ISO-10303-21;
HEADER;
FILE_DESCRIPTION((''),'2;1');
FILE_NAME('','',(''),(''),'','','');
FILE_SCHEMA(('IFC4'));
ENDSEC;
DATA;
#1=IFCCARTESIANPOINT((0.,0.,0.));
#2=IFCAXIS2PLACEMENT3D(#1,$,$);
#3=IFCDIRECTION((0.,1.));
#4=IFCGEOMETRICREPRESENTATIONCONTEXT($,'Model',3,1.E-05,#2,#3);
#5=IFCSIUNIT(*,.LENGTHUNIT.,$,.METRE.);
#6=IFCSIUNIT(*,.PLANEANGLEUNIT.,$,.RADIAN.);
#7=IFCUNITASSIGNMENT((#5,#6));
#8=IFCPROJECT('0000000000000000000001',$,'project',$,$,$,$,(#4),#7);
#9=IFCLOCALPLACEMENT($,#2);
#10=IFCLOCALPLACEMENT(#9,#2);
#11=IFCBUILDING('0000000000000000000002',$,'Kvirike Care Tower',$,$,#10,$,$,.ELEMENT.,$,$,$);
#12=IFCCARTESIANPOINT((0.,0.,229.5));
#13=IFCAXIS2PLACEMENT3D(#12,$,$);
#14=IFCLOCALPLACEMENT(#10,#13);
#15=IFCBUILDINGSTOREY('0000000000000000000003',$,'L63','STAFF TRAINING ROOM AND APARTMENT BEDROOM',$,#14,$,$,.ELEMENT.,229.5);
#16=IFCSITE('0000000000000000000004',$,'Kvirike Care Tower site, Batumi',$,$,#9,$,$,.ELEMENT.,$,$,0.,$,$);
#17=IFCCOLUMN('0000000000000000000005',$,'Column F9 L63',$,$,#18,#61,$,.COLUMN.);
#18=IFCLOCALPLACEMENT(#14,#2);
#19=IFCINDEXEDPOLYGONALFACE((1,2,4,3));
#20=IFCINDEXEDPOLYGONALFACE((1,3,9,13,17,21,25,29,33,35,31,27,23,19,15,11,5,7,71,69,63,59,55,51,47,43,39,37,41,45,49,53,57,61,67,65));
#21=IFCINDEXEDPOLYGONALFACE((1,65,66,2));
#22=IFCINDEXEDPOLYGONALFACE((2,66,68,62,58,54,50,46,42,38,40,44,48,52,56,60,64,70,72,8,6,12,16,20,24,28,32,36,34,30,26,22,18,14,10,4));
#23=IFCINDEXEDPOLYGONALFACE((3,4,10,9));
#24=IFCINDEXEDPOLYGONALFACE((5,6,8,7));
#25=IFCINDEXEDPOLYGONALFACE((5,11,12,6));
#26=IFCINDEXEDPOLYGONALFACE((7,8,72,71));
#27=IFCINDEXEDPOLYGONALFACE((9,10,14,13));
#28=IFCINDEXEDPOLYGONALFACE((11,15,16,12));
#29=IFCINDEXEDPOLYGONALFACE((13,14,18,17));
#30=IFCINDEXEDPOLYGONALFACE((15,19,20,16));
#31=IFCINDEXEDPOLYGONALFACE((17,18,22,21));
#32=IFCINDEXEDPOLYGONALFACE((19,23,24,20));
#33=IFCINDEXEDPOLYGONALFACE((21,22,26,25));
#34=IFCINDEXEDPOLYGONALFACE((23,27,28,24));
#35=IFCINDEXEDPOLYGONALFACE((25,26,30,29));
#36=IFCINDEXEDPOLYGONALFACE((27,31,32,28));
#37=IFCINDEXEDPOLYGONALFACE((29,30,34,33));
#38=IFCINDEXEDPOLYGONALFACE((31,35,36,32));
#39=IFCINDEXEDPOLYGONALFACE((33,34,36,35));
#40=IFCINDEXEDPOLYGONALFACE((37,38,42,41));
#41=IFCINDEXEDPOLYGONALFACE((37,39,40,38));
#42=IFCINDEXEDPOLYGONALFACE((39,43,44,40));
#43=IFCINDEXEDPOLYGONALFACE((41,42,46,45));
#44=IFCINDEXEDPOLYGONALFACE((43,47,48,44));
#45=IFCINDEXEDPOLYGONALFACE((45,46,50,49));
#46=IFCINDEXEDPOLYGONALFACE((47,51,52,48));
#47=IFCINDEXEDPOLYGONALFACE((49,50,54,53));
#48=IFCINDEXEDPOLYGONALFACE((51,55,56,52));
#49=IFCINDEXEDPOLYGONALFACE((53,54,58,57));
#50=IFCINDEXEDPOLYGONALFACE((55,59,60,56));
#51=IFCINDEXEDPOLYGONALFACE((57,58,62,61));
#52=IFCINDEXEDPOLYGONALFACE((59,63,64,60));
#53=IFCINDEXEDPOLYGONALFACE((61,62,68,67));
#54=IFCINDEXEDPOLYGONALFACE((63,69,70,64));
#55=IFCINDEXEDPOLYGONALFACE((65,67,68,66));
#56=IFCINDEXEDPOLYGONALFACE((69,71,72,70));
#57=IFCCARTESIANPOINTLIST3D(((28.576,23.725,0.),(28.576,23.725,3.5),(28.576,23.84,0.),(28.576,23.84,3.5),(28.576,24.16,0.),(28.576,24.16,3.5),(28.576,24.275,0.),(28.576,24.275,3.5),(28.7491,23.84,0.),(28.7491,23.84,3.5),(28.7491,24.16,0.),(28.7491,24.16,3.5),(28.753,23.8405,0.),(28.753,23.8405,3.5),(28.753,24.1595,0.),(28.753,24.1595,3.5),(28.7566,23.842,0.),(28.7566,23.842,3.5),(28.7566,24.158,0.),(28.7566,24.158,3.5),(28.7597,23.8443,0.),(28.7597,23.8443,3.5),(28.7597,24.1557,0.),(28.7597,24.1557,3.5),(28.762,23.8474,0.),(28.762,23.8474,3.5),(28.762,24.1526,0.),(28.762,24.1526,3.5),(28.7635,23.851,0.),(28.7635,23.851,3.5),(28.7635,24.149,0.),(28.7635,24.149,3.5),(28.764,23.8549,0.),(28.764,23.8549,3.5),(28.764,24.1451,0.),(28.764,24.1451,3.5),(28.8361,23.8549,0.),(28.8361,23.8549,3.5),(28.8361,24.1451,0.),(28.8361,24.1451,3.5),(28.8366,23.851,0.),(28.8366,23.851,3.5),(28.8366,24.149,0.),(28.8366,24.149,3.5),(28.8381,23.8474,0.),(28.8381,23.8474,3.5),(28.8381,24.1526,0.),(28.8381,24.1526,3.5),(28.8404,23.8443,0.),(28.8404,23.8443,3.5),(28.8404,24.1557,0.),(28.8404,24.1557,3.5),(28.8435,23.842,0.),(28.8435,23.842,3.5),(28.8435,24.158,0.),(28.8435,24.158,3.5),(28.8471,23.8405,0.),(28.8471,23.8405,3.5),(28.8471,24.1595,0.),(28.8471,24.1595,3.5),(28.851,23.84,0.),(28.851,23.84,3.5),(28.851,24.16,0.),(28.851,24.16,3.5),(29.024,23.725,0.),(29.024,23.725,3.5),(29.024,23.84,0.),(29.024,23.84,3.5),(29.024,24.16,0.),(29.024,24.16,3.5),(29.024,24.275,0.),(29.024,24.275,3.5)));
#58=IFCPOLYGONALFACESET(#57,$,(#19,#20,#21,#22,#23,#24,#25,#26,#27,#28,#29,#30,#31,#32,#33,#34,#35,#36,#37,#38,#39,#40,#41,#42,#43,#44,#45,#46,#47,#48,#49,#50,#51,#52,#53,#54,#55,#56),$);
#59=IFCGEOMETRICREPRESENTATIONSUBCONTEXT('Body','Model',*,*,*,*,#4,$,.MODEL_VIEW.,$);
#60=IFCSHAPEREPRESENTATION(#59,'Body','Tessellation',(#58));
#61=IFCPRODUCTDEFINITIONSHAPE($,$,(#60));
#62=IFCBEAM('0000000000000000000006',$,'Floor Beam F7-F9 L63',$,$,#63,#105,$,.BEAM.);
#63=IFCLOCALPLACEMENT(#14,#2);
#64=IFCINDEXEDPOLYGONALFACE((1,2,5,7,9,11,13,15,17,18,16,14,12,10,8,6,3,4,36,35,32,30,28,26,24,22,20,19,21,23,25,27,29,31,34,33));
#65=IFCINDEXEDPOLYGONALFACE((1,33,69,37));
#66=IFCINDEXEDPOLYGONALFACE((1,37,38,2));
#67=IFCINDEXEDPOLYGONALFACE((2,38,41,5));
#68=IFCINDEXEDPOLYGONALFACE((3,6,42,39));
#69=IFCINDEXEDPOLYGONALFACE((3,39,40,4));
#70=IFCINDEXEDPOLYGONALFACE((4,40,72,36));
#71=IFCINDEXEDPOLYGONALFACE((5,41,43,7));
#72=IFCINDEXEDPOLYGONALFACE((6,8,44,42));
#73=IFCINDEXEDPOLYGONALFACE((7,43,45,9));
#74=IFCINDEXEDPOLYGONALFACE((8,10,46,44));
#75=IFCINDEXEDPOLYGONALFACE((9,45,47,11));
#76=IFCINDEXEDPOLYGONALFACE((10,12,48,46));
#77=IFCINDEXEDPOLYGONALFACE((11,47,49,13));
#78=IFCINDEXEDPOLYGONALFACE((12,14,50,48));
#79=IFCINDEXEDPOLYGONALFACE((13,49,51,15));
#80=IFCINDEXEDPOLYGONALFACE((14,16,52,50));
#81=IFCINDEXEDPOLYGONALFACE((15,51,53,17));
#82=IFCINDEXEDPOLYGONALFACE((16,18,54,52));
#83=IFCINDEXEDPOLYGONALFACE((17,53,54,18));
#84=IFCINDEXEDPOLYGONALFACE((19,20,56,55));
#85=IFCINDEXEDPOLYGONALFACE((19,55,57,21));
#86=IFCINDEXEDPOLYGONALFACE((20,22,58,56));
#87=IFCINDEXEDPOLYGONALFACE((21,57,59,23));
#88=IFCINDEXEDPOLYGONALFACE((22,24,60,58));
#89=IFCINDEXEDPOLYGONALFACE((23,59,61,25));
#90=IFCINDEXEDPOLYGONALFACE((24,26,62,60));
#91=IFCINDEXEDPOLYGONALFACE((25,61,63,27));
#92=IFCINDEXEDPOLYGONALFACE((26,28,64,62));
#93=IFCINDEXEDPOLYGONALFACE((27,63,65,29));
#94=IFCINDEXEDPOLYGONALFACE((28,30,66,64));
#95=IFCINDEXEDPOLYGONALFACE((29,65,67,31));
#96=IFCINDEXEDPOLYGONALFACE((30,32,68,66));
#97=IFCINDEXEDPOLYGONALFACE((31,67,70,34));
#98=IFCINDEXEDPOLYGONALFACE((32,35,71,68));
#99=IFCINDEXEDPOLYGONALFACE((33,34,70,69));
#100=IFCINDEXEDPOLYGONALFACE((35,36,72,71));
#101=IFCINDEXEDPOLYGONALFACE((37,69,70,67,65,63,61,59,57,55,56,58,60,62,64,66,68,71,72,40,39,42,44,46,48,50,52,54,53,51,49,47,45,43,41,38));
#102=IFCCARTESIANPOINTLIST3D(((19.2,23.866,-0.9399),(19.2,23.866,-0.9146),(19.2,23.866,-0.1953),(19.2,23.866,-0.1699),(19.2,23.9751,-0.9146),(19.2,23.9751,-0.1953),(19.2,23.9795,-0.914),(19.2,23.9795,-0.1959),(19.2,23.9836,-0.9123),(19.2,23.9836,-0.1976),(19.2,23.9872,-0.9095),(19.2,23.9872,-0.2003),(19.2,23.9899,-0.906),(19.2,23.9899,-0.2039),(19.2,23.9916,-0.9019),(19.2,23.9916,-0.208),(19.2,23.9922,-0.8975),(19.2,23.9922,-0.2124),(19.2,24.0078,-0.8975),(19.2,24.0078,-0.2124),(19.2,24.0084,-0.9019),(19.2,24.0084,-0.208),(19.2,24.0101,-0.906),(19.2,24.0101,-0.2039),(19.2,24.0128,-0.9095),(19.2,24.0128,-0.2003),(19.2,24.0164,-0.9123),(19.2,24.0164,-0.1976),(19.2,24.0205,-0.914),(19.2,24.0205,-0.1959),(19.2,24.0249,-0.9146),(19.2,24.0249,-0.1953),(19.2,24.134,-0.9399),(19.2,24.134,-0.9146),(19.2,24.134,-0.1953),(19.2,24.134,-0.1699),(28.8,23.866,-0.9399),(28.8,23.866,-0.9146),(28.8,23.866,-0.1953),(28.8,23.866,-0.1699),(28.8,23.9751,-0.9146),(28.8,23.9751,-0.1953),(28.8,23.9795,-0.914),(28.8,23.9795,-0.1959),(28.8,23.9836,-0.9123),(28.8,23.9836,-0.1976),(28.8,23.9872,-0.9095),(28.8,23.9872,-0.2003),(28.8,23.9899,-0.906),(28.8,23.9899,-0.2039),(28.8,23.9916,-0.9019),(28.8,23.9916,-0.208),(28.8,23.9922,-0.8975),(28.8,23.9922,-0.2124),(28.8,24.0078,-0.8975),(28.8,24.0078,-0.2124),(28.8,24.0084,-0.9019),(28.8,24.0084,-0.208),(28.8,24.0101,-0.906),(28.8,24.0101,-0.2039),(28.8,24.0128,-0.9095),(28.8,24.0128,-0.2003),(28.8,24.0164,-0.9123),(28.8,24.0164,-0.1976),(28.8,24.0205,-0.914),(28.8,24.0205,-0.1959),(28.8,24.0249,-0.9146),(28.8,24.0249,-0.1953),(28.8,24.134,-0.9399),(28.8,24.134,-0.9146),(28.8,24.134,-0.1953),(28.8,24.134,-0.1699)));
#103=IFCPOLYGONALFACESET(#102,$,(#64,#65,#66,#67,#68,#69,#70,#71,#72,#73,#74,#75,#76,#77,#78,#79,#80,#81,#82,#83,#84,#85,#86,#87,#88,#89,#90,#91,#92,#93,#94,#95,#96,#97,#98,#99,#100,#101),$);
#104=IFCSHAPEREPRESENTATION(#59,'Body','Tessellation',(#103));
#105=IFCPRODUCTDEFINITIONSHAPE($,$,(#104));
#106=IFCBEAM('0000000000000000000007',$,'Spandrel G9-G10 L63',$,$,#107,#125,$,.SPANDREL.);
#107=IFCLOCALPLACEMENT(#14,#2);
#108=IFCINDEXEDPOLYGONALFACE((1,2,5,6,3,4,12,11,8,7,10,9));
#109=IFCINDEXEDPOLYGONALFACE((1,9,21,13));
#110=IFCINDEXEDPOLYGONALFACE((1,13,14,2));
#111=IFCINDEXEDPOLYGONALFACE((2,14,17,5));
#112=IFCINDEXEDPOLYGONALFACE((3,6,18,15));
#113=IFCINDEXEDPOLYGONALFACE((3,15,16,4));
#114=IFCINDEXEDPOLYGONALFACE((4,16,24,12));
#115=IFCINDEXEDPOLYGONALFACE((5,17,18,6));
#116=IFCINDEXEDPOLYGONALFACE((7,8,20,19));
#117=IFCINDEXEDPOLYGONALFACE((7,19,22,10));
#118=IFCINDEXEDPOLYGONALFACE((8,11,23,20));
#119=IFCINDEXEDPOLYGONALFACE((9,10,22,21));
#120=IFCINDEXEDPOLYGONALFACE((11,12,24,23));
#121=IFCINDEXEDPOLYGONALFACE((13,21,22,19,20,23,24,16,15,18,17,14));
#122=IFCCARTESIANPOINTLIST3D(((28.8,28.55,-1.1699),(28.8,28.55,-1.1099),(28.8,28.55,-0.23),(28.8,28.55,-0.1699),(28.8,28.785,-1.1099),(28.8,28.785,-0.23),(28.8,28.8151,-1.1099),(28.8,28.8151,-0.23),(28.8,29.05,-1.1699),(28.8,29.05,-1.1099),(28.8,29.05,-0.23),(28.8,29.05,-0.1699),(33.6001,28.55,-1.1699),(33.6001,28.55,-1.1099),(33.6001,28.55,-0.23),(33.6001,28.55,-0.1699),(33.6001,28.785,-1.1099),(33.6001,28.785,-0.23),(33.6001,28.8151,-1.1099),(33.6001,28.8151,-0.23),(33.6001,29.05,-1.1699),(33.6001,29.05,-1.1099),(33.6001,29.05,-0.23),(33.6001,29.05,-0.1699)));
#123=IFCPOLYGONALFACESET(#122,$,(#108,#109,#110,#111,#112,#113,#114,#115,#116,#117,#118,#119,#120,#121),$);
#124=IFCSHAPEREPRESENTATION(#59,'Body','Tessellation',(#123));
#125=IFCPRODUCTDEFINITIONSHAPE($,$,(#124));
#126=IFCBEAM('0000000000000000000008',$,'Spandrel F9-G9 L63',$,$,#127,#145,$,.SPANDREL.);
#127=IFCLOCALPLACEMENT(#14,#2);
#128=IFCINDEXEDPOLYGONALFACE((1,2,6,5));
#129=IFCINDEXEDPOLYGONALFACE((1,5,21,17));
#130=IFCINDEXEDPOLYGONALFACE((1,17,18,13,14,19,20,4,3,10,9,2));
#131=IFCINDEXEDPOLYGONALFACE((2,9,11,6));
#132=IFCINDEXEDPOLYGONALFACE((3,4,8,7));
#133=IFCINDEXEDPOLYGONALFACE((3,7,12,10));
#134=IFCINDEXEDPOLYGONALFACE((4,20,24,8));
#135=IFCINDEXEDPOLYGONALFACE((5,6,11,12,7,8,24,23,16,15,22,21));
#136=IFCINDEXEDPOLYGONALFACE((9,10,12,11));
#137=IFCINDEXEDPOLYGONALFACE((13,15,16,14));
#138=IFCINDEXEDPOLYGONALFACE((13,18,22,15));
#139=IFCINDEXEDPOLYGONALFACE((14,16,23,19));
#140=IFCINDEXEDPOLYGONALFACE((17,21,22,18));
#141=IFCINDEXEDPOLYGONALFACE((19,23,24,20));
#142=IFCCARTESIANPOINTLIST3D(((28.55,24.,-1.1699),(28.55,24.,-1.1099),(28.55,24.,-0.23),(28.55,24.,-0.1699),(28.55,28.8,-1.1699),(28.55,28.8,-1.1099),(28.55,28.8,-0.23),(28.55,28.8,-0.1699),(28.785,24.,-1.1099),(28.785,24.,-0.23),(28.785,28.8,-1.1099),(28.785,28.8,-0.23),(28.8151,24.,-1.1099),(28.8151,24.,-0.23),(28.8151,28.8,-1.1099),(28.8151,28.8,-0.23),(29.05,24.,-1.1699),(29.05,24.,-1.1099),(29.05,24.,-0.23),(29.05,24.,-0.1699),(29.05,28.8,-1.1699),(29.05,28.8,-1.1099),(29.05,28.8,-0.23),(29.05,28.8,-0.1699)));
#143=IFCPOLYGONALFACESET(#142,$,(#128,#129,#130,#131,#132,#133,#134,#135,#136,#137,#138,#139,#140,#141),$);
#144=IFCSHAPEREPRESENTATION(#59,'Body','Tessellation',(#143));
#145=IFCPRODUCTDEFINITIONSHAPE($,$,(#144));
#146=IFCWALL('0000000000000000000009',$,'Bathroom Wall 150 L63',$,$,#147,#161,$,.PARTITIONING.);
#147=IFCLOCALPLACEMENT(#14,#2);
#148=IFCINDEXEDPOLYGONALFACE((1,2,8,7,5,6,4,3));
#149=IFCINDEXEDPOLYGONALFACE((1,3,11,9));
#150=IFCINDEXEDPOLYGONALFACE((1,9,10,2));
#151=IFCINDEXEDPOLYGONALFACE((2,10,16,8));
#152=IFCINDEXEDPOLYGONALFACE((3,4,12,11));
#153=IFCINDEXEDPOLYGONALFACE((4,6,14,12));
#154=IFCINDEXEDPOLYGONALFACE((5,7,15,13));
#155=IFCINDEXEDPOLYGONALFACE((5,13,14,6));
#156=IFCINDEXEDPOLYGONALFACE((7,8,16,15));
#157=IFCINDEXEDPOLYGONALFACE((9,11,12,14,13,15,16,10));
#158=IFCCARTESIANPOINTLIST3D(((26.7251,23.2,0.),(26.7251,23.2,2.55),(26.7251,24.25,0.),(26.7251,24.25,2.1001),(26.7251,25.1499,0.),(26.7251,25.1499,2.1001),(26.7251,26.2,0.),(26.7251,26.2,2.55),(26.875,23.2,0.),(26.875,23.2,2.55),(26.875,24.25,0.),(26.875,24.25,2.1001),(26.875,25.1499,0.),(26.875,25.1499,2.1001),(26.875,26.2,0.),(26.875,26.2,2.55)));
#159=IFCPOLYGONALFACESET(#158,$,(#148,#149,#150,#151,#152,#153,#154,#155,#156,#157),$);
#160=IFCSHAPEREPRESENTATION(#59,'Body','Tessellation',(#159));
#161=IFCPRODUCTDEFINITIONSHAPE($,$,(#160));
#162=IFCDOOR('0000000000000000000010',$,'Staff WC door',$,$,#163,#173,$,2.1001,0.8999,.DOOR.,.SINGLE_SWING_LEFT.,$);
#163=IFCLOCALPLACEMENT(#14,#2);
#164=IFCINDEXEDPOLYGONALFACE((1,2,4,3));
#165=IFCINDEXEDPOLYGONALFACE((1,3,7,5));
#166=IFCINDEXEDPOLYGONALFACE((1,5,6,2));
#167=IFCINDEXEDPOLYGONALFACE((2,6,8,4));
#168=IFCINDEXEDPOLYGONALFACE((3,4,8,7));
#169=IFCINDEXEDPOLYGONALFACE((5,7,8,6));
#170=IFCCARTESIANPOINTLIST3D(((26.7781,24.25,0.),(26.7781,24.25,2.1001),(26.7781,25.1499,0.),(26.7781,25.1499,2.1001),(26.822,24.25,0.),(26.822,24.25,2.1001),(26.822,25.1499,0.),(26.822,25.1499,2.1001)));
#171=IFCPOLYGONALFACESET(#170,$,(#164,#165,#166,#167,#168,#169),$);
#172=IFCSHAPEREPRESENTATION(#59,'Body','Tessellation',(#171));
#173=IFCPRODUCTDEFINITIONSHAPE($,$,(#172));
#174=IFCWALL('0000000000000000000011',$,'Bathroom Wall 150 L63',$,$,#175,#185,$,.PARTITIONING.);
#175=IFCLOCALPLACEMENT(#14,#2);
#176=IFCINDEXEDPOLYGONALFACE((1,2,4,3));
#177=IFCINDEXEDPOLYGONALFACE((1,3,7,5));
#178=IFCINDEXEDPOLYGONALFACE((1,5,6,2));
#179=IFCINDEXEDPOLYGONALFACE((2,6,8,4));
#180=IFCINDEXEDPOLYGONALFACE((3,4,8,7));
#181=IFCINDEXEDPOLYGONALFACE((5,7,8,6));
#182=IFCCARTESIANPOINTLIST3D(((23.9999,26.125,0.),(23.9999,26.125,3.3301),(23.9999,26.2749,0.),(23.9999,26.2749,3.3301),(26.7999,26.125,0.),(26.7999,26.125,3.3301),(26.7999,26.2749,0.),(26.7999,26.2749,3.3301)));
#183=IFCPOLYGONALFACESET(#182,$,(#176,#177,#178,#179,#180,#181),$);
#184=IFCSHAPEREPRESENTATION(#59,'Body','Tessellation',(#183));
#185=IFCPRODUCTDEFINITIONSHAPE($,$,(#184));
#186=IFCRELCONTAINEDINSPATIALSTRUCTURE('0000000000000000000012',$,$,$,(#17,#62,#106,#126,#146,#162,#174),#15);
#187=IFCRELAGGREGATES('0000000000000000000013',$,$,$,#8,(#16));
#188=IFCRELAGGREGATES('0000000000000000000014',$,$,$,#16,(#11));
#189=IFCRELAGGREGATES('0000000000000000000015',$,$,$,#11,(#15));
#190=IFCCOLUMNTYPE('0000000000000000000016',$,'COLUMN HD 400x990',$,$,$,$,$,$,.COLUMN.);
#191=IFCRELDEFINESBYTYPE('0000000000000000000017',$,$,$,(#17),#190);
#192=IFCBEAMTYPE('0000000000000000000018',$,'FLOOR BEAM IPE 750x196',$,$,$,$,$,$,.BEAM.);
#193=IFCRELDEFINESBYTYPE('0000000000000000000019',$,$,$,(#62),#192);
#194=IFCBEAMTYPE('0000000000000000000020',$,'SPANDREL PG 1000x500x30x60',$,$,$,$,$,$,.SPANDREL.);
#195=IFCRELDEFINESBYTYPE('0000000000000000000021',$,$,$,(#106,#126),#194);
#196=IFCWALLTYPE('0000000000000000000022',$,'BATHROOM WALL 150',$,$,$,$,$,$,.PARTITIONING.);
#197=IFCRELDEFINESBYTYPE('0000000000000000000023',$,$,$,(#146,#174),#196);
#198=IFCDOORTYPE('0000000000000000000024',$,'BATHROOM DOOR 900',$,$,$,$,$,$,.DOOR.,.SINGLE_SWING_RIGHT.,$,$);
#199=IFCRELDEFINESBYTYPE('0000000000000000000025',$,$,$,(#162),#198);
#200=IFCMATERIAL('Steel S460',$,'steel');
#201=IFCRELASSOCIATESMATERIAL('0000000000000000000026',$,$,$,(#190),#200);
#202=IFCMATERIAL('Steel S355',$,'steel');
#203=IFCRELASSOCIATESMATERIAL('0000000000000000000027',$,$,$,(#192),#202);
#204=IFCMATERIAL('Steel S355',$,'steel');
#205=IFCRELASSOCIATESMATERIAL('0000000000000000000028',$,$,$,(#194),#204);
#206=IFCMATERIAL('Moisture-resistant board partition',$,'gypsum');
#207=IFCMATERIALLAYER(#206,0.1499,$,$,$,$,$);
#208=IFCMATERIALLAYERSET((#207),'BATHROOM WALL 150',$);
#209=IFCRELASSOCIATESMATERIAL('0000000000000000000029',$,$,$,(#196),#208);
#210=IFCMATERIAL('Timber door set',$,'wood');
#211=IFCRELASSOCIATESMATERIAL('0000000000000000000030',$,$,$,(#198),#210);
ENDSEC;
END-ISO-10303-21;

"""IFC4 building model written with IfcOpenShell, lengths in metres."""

from ifc_helpers import new_model, si_unit, direction, frame, frame_2d, origin, origin_2d, place, context, subcontext, project, spatial, rectangle, i_section, extrude, material, layer, layer_set, material_profile, profile_set, type_object, element, fill, save


model = new_model("IFC4")

# Units and contexts
model_context = context("Model", 3, precision=1e-05, world=origin(), true_north=direction((0.0, 1.0)))
body_context = subcontext(model_context, "Body", "Model", "MODEL_VIEW")
ifc_project = project(units=[si_unit("LENGTHUNIT", "METRE"), si_unit("PLANEANGLEUNIT", "RADIAN")], contexts=[model_context])

# Site, building, storey
site_placement = place(None, origin())
site = spatial("IfcSite", under=ifc_project, at=site_placement, Name="Kvirike Care Tower site, Batumi", CompositionType="ELEMENT", RefElevation=0.0)
building_placement = place(site_placement, origin())
building = spatial("IfcBuilding", under=site, at=building_placement, Name="Kvirike Care Tower", CompositionType="ELEMENT")
storey_placement = place(building_placement, frame((0.0, 0.0, 229.5)))
storey = spatial("IfcBuildingStorey", under=building, at=storey_placement, Name="L63", Description="STAFF TRAINING ROOM AND APARTMENT BEDROOM", CompositionType="ELEMENT", Elevation=229.5)

# Column
ifc_material_1 = material(Name="Steel S460", Category="steel")
ifc_material_profile_1 = material_profile(ifc_material_1, i_section(OverallWidth=0.448, OverallDepth=0.55, WebThickness=0.072, FlangeThickness=0.115, FilletRadius=0.0149, at=origin_2d()), Name="HD 400x990")
ifc_profile_set_1 = profile_set([ifc_material_profile_1], Name="Steel S460")
column_type = type_object("IfcColumnType", Name="COLUMN HD 400x990", PredefinedType="COLUMN", material=ifc_profile_set_1)
column_placement = place(storey_placement, frame((28.8, 24.0, 0.0), z_axis=(0.0, 0.0, 1.0), x_axis=(1.0, 0.0, 0.0)))
element("IfcColumn", 1, at=column_placement, inside=storey, type_object=column_type, Name="Column F9 L63", PredefinedType="COLUMN", context=body_context, shape_type="SweptSolid", body=[
    extrude(i_section(OverallWidth=0.448, OverallDepth=0.55, WebThickness=0.072, FlangeThickness=0.115, FilletRadius=0.0149, at=origin_2d()), origin(), (0.0, 0.0, 1.0), 3.5),
])

# Beams
ifc_material_2 = material(Name="Steel S355", Category="steel")
ifc_material_profile_2 = material_profile(ifc_material_2, i_section(OverallWidth=0.2681, OverallDepth=0.77, WebThickness=0.0156, FlangeThickness=0.0254, FilletRadius=0.0171, at=origin_2d()), Name="IPE 750x196")
ifc_profile_set_2 = profile_set([ifc_material_profile_2], Name="Steel S355")
beam_type_1 = type_object("IfcBeamType", Name="FLOOR BEAM IPE 750x196", PredefinedType="BEAM", material=ifc_profile_set_2)
beam_placement = place(storey_placement, frame((19.2, 24.0, -0.5549), z_axis=(1.0, 0.0, 0.0), x_axis=(0.0, 1.0, 0.0)))
element("IfcBeam", 2, at=beam_placement, inside=storey, type_object=beam_type_1, Name="Floor Beam F7-F9 L63", PredefinedType="BEAM", context=body_context, shape_type="SweptSolid", body=[
    extrude(i_section(OverallWidth=0.2681, OverallDepth=0.77, WebThickness=0.0156, FlangeThickness=0.0254, FilletRadius=0.0171, at=origin_2d()), origin(), (0.0, 0.0, 1.0), 9.6001),
])
ifc_material_3 = material(Name="Steel S355", Category="steel")
ifc_material_profile_3 = material_profile(ifc_material_3, i_section(OverallWidth=0.5, OverallDepth=1.0, WebThickness=0.03, FlangeThickness=0.0601, at=origin_2d()), Name="PG 1000x500x30x60")
ifc_profile_set_3 = profile_set([ifc_material_profile_3], Name="Steel S355")
beam_type_2 = type_object("IfcBeamType", Name="SPANDREL PG 1000x500x30x60", PredefinedType="SPANDREL", material=ifc_profile_set_3)
for number, where, z_axis, x_axis, name in (
    (3, (28.8, 28.8, -0.6699), (1.0, 0.0, 0.0), (0.0, 1.0, 0.0), "Spandrel G9-G10 L63"),
    (4, (28.8, 24.0, -0.6699), (0.0, 1.0, 0.0), (-1.0, 0.0, 0.0), "Spandrel F9-G9 L63"),
):
    element("IfcBeam", number, at=place(storey_placement, frame(where, z_axis=z_axis, x_axis=x_axis)), inside=storey, type_object=beam_type_2, Name=name, PredefinedType="SPANDREL", context=body_context, shape_type="SweptSolid", body=[
        extrude(i_section(OverallWidth=0.5, OverallDepth=1.0, WebThickness=0.03, FlangeThickness=0.0601, at=origin_2d()), origin(), (0.0, 0.0, 1.0), 4.8),
    ])

# Wall, opening, door
ifc_material_4 = material(Name="Moisture-resistant board partition", Category="gypsum")
ifc_layer_1 = layer(ifc_material_4, 0.1499)
ifc_layer_set_1 = layer_set([ifc_layer_1], Name="BATHROOM WALL 150")
wall_type_1 = type_object("IfcWallType", Name="BATHROOM WALL 150", PredefinedType="PARTITIONING", material=ifc_layer_set_1)
wall_1_placement = place(storey_placement, frame((26.8, 23.2, 0.0), z_axis=(0.0, 0.0, 1.0), x_axis=(0.0, 1.0, 0.0)))
wall_1 = element("IfcWall", 5, at=wall_1_placement, inside=storey, type_object=wall_type_1, Name="Bathroom Wall 150 L63", PredefinedType="PARTITIONING", context=body_context, shape_type="SweptSolid", body=[
    extrude(rectangle(XDim=3.0, YDim=0.1499, at=frame_2d((1.5, 0.0))), origin(), (0.0, 0.0, 1.0), 2.55),
])
opening_1_placement = place(wall_1_placement, frame((1.05, 0.0, 0.0)))
opening_1 = element("IfcOpeningElement", 6, at=opening_1_placement, cuts=wall_1, PredefinedType="OPENING", context=body_context, shape_type="SweptSolid", body=[
    extrude(rectangle(XDim=0.8999, YDim=2.1001, at=frame_2d((0.45, 1.05))), frame((0.0, 0.0854, 0.0), z_axis=(0.0, -1.0, 0.0), x_axis=(1.0, 0.0, 0.0)), (0.0, 0.0, 1.0), 0.1709),
])
ifc_material_5 = material(Name="Timber door set", Category="wood")
door_type_1 = type_object("IfcDoorType", Name="BATHROOM DOOR 900", OperationType="SINGLE_SWING_RIGHT", PredefinedType="DOOR", material=ifc_material_5)
door_1_placement = place(opening_1_placement, frame((0.8999, 0.0, 0.0), z_axis=(0.0, 0.0, 1.0), x_axis=(-1.0, 0.0, 0.0)))
door_1 = element("IfcDoor", 7, at=door_1_placement, inside=storey, type_object=door_type_1, Name="Staff WC door", OperationType="SINGLE_SWING_LEFT", OverallHeight=2.1001, OverallWidth=0.8999, PredefinedType="DOOR", context=body_context, shape_type="SweptSolid", body=[
    extrude(rectangle(XDim=0.8999, YDim=2.1001, at=frame_2d((0.45, 1.05))), frame((0.0, 0.022, 0.0), z_axis=(0.0, -1.0, 0.0), x_axis=(1.0, 0.0, 0.0)), (0.0, 0.0, 1.0), 0.0439),
])
fill(opening_1, door_1)

# Wall
wall_2_placement = place(storey_placement, frame((24.0, 26.2, 0.0), z_axis=(0.0, 0.0, 1.0), x_axis=(1.0, 0.0, 0.0)))
element("IfcWall", 8, at=wall_2_placement, inside=storey, type_object=wall_type_1, Name="Bathroom Wall 150 L63", PredefinedType="PARTITIONING", context=body_context, shape_type="SweptSolid", body=[
    extrude(rectangle(XDim=2.8, YDim=0.1499, at=frame_2d((1.3999, 0.0))), origin(), (0.0, 0.0, 1.0), 3.3301),
])

save(model, "model.ifc")
